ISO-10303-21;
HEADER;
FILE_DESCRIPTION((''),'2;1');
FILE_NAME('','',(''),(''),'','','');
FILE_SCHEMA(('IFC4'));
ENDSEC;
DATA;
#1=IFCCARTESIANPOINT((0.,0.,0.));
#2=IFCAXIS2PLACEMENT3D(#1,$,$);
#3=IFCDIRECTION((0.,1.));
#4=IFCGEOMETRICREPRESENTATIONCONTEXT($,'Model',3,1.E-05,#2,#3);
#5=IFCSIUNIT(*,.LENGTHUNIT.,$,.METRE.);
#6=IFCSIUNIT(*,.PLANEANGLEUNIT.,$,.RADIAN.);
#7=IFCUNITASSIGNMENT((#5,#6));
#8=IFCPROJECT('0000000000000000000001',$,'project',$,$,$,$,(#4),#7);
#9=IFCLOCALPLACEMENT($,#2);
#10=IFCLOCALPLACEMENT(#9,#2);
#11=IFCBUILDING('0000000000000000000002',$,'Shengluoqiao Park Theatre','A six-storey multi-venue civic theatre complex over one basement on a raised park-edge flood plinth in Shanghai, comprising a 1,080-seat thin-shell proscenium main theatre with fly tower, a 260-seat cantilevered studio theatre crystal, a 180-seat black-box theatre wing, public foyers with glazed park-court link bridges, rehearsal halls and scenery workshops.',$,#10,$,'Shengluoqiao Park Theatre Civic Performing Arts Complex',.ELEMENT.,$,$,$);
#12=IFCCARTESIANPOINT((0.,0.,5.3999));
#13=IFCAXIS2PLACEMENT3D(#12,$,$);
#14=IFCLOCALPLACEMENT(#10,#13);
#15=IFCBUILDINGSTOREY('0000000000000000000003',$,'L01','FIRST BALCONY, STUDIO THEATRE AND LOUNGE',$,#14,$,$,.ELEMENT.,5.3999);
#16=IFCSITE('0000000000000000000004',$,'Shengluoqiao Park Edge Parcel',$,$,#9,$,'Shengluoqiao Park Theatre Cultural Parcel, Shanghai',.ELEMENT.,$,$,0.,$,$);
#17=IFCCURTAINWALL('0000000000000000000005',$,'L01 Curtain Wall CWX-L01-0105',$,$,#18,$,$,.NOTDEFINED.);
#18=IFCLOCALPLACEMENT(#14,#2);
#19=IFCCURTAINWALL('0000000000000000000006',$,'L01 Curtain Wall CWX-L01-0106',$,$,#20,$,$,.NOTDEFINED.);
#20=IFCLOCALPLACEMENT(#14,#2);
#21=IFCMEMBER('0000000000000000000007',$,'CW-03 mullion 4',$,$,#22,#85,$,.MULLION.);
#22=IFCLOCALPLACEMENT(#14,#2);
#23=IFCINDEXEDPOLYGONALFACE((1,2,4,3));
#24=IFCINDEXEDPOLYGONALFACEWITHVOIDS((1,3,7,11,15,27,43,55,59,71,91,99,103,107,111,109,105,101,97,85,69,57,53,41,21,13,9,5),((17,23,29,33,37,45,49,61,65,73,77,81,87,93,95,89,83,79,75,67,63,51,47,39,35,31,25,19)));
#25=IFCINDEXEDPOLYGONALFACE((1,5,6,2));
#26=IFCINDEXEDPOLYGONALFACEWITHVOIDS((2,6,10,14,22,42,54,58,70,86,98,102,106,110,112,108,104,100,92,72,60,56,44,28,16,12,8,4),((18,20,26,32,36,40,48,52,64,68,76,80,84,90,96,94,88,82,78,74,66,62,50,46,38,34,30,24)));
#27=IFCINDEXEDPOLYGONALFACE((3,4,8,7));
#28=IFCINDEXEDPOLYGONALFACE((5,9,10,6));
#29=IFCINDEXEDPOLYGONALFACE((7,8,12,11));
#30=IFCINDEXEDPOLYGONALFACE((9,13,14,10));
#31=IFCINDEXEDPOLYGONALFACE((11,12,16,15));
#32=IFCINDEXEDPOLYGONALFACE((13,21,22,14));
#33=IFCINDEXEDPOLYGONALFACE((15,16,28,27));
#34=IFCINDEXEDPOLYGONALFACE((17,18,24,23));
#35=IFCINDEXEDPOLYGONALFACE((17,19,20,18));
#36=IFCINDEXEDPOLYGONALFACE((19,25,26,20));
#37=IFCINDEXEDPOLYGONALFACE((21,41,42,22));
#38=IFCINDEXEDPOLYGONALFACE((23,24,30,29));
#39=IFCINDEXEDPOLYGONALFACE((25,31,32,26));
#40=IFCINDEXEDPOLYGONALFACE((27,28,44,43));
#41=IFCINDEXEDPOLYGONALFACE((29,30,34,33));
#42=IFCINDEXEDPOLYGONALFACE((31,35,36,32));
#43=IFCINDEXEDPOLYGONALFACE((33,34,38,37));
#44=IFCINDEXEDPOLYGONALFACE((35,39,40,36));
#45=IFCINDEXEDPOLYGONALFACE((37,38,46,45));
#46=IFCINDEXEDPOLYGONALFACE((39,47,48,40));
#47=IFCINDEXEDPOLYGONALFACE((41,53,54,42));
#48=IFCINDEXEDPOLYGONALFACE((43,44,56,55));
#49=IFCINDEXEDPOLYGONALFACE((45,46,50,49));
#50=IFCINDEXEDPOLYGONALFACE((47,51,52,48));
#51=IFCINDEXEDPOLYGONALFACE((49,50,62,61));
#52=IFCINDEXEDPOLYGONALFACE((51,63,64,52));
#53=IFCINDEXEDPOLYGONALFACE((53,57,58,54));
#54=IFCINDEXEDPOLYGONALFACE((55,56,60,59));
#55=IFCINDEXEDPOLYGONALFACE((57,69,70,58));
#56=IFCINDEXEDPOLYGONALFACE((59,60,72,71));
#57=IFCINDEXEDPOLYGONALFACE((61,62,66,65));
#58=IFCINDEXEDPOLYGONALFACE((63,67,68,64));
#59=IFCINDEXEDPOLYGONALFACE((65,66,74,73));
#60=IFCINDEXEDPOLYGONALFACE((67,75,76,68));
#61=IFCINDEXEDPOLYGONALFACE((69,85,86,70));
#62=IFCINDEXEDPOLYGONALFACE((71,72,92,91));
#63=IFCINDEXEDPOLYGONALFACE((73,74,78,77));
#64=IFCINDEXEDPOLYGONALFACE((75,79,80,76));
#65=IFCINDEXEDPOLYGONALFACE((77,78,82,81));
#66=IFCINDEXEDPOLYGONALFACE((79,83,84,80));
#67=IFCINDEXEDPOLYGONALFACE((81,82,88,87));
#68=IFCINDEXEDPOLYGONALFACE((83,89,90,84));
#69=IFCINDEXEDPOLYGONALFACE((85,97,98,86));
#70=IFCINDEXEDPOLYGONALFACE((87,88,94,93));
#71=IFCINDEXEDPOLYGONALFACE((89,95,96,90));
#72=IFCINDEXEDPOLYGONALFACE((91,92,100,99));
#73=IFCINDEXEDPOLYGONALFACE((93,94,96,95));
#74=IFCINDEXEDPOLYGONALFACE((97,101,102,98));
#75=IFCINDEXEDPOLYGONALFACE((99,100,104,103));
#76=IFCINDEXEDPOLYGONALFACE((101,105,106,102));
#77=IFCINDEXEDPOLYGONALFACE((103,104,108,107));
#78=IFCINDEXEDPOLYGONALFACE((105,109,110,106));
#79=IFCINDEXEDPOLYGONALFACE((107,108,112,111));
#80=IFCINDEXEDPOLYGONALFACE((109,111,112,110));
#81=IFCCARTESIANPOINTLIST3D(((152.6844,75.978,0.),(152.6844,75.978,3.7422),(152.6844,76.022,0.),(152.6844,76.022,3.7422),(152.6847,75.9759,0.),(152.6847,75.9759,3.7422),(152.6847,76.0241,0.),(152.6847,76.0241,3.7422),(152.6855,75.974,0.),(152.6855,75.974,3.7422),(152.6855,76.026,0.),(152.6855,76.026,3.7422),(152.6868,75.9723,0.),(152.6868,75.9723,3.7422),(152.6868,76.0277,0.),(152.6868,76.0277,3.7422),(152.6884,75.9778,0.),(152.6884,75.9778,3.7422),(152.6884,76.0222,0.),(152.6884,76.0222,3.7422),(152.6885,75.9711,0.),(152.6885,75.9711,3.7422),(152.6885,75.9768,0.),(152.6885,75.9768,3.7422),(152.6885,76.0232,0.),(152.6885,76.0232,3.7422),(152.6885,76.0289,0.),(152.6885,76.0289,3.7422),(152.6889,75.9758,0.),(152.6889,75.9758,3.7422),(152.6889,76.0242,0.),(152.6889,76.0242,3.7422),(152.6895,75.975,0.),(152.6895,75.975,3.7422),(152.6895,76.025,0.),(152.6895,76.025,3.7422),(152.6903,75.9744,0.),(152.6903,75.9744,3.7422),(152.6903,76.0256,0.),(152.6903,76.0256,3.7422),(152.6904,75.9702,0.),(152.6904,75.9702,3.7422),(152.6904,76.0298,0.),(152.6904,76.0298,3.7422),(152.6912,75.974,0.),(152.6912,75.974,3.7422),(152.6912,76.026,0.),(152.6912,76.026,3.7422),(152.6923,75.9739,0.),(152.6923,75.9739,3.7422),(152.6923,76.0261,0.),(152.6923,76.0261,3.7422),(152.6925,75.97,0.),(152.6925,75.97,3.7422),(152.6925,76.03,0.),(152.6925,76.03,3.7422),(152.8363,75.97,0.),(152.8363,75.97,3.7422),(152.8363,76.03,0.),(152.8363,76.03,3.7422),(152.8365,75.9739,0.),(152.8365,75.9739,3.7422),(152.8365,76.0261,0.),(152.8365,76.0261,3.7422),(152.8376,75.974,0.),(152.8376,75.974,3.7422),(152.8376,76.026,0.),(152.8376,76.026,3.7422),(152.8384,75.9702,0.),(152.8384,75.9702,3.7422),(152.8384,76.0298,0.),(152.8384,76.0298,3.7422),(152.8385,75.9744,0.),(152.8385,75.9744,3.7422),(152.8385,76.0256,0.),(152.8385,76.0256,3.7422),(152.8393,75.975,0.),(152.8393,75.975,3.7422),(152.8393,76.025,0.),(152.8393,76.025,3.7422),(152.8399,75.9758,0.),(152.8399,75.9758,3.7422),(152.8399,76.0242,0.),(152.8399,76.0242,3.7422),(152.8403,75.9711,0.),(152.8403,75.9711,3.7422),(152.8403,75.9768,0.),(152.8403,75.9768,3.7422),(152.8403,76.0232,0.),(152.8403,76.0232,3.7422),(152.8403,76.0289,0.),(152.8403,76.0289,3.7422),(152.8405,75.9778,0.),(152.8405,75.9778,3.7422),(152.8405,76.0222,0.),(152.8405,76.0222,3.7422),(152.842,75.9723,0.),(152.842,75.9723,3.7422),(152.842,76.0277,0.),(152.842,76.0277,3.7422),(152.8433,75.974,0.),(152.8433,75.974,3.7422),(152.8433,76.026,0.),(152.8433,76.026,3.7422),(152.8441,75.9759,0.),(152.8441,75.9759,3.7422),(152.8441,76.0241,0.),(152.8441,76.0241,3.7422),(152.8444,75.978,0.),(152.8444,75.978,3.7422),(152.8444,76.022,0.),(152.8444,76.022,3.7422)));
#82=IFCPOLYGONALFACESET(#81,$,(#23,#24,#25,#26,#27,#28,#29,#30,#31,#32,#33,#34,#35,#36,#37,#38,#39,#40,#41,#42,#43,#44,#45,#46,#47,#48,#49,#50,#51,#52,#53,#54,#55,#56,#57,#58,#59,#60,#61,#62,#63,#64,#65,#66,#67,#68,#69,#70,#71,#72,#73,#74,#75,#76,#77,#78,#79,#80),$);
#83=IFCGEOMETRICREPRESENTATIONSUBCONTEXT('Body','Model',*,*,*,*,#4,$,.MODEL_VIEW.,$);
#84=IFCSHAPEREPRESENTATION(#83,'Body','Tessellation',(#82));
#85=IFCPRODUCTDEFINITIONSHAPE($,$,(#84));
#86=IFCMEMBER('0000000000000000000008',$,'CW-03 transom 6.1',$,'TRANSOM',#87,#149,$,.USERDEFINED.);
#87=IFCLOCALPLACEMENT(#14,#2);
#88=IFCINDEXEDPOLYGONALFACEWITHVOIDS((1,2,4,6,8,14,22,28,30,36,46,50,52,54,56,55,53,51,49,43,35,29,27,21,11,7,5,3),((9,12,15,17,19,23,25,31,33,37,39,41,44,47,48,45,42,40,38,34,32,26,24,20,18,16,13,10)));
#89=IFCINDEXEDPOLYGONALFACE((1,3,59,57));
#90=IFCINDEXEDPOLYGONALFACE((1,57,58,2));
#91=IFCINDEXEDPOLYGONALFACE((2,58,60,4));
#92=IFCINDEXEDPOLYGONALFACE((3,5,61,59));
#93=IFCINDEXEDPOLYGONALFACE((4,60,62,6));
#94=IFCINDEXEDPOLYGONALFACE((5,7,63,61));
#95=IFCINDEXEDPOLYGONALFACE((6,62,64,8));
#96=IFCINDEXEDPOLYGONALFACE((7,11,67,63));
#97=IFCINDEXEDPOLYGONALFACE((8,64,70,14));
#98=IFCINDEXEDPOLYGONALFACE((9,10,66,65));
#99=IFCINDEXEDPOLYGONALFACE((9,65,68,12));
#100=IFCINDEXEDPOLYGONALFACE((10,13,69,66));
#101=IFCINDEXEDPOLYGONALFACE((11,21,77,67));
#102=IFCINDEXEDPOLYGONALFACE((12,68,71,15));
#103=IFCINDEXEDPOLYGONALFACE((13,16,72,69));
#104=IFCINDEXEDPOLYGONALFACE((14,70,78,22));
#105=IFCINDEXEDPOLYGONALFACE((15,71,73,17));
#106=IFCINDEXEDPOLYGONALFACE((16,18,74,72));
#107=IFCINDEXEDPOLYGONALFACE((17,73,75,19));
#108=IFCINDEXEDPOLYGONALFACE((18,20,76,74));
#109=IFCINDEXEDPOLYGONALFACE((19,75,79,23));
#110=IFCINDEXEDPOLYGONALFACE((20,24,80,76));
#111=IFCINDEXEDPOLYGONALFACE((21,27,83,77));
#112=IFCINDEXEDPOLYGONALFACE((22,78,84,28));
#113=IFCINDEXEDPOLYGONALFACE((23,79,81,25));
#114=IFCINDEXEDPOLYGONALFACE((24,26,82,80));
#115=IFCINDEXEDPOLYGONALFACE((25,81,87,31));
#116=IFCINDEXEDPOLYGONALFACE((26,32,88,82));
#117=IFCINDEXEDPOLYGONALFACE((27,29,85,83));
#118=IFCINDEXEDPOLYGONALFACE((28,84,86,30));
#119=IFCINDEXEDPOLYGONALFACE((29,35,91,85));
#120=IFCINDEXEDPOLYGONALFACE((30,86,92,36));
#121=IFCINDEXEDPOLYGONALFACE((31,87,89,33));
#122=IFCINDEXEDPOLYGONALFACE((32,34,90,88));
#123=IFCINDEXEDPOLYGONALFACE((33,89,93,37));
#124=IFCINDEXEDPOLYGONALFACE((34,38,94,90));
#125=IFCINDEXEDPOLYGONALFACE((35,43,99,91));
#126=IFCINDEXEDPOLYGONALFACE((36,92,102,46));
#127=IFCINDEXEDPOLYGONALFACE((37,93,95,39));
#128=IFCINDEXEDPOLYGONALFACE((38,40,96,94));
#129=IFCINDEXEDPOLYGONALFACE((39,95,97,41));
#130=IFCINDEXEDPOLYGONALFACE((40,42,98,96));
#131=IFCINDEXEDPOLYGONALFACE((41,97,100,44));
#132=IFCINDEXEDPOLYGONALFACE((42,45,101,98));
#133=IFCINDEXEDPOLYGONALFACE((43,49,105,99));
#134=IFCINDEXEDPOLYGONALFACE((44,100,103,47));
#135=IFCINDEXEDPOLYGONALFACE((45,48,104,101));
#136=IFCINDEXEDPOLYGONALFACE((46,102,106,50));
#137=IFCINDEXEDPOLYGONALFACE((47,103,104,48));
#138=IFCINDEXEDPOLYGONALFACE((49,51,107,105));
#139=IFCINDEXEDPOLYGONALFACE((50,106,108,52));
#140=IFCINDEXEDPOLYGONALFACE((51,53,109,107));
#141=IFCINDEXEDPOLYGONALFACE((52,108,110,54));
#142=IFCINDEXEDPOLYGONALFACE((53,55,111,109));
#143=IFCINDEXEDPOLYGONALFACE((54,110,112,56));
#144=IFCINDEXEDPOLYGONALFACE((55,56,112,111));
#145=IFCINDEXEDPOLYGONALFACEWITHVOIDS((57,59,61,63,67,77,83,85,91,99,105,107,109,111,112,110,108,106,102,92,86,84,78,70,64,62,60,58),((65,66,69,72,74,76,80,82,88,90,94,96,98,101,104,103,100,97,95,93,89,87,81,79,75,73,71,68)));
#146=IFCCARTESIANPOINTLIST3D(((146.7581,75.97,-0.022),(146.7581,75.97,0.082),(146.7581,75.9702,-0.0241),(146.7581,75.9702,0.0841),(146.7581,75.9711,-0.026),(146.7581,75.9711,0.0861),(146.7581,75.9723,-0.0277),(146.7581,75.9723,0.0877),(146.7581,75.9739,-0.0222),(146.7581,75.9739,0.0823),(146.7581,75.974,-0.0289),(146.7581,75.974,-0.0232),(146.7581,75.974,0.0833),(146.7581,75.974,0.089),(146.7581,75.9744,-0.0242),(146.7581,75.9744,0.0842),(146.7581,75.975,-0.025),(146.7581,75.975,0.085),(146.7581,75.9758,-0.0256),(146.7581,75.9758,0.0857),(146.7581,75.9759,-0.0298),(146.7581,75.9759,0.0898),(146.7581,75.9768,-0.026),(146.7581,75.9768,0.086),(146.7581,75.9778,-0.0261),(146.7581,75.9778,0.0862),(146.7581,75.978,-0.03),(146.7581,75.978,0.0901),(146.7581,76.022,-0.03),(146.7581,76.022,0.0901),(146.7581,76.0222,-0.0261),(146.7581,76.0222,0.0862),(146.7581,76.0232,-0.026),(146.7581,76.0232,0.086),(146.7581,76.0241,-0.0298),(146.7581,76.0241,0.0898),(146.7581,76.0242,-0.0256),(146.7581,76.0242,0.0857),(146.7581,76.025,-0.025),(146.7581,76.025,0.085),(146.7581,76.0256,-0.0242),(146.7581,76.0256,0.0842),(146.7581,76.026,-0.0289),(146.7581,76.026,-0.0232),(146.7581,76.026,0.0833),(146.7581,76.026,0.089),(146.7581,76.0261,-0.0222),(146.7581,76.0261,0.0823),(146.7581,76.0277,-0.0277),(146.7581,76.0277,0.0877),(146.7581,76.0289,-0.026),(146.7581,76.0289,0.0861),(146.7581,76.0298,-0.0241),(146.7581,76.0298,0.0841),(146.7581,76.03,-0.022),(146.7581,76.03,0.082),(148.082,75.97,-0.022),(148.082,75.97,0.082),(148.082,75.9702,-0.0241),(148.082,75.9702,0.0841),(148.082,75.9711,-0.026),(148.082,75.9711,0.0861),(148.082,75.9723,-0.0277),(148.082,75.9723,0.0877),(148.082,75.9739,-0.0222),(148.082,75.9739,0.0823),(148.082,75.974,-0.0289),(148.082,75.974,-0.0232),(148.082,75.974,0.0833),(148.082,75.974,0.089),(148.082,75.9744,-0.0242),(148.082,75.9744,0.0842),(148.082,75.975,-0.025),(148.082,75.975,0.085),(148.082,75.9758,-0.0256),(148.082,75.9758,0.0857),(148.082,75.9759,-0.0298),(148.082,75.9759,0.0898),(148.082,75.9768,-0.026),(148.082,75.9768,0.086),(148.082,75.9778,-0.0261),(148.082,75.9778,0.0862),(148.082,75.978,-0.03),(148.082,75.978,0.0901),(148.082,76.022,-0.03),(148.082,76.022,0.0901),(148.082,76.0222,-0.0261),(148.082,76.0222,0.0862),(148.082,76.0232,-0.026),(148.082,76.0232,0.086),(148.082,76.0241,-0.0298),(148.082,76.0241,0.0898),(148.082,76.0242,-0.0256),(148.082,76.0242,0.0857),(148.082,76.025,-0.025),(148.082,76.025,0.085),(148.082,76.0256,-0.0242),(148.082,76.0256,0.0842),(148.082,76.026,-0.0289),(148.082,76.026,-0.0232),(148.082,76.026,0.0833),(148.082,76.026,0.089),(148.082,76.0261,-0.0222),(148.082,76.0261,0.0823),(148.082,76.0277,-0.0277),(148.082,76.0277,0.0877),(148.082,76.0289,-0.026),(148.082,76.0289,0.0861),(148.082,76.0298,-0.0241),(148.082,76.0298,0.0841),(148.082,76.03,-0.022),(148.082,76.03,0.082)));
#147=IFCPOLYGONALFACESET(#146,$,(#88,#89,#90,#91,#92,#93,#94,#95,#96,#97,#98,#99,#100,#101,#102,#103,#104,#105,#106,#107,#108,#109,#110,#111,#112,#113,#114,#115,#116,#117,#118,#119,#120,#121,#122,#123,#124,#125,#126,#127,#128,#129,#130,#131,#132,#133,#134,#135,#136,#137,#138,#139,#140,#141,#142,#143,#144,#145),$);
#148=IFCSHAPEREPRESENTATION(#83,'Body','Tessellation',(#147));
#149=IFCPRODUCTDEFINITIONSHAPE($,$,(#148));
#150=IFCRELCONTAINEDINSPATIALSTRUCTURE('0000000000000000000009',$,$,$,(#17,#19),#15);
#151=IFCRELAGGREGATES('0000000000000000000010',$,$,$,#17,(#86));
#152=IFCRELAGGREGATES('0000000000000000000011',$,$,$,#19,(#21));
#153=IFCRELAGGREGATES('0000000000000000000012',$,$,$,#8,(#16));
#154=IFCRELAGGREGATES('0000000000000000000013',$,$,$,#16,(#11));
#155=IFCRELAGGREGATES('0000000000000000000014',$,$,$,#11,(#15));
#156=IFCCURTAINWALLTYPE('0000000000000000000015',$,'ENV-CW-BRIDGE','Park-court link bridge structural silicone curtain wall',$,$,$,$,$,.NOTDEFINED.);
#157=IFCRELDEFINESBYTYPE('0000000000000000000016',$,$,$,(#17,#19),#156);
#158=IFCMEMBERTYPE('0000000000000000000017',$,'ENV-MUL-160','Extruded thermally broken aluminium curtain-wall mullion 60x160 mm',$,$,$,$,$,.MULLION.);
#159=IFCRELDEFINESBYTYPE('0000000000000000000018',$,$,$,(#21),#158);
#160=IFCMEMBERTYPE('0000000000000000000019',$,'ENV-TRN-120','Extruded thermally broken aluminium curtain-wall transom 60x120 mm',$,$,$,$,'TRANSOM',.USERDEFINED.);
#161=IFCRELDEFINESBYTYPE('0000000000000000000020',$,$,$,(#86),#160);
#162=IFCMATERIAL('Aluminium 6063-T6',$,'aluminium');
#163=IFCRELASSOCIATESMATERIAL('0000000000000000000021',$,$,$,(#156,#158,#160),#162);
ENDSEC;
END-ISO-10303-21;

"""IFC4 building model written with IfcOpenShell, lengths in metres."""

from ifc_helpers import new_model, si_unit, direction, frame, origin, origin_2d, place, context, subcontext, project, spatial, hollow_rectangle, extrude, material, material_profile, profile_set, type_object, element, aggregate, save


model = new_model("IFC4")

# Units and contexts
model_context = context("Model", 3, precision=1e-05, world=origin(), true_north=direction((0.0, 1.0)))
body_context = subcontext(model_context, "Body", "Model", "MODEL_VIEW")
ifc_project = project(units=[si_unit("LENGTHUNIT", "METRE"), si_unit("PLANEANGLEUNIT", "RADIAN")], contexts=[model_context])

# Site, building, storey
site_placement = place(None, origin())
site = spatial("IfcSite", under=ifc_project, at=site_placement, Name="Shengluoqiao Park Edge Parcel", LongName="Shengluoqiao Park Theatre Cultural Parcel, Shanghai", CompositionType="ELEMENT", RefElevation=0.0)
building_placement = place(site_placement, origin())
building = spatial("IfcBuilding", under=site, at=building_placement, Name="Shengluoqiao Park Theatre", Description="A six-storey multi-venue civic theatre complex over one basement on a raised park-edge flood plinth in Shanghai, comprising a 1,080-seat thin-shell proscenium main theatre with fly tower, a 260-seat cantilevered studio theatre crystal, a 180-seat black-box theatre wing, public foyers with glazed park-court link bridges, rehearsal halls and scenery workshops.", LongName="Shengluoqiao Park Theatre Civic Performing Arts Complex", CompositionType="ELEMENT")
storey_placement = place(building_placement, frame((0.0, 0.0, 5.3999)))
storey = spatial("IfcBuildingStorey", under=building, at=storey_placement, Name="L01", Description="FIRST BALCONY, STUDIO THEATRE AND LOUNGE", CompositionType="ELEMENT", Elevation=5.3999)

# Curtain walls, member
ifc_material_1 = material(Name="Aluminium 6063-T6", Category="aluminium")
curtain_wall_type = type_object("IfcCurtainWallType", Name="ENV-CW-BRIDGE", Description="Park-court link bridge structural silicone curtain wall", PredefinedType="NOTDEFINED", material=ifc_material_1)
curtain_wall_1_placement = place(storey_placement, origin())
curtain_wall_1 = element("IfcCurtainWall", 1, at=curtain_wall_1_placement, inside=storey, type_object=curtain_wall_type, Name="L01 Curtain Wall CWX-L01-0105", PredefinedType="NOTDEFINED")
ifc_material_profile_1 = material_profile(ifc_material_1, hollow_rectangle(XDim=0.0601, YDim=0.1599, WallThickness=0.0039, InnerFilletRadius=0.0039, OuterFilletRadius=0.0081, at=origin_2d()), Name="ALU MULLION 160x60x4")
ifc_profile_set_1 = profile_set([ifc_material_profile_1], Name="Aluminium 6063-T6")
member_type_1 = type_object("IfcMemberType", Name="ENV-MUL-160", Description="Extruded thermally broken aluminium curtain-wall mullion 60x160 mm", PredefinedType="MULLION", material=ifc_profile_set_1)
curtain_wall_2_placement = place(storey_placement, origin())
curtain_wall_2 = element("IfcCurtainWall", 2, at=curtain_wall_2_placement, inside=storey, type_object=curtain_wall_type, Name="L01 Curtain Wall CWX-L01-0106", PredefinedType="NOTDEFINED")
member_1_placement = place(storey_placement, frame((152.7644, 76.0, 0.0), z_axis=(0.0, 0.0, 1.0), x_axis=(0.0, 1.0, 0.0)))
member_1 = element("IfcMember", 3, at=member_1_placement, type_object=member_type_1, Name="CW-03 mullion 4", PredefinedType="MULLION", context=body_context, shape_type="SweptSolid", body=[
    extrude(hollow_rectangle(XDim=0.0601, YDim=0.1599, WallThickness=0.0039, InnerFilletRadius=0.0039, OuterFilletRadius=0.0081, at=origin_2d()), origin(), (0.0, 0.0, 1.0), 3.7422),
])

# Member
ifc_material_profile_2 = material_profile(ifc_material_1, hollow_rectangle(XDim=0.0601, YDim=0.1201, WallThickness=0.0039, InnerFilletRadius=0.0039, OuterFilletRadius=0.0081, at=origin_2d()), Name="ALU TRANSOM 120x60x4")
ifc_profile_set_2 = profile_set([ifc_material_profile_2], Name="Aluminium 6063-T6")
member_type_2 = type_object("IfcMemberType", Name="ENV-TRN-120", Description="Extruded thermally broken aluminium curtain-wall transom 60x120 mm", ElementType="TRANSOM", PredefinedType="USERDEFINED", material=ifc_profile_set_2)
member_2_placement = place(storey_placement, frame((146.7581, 76.0, 0.03), z_axis=(1.0, 0.0, 0.0), x_axis=(0.0, 1.0, 0.0)))
member_2 = element("IfcMember", 4, at=member_2_placement, type_object=member_type_2, Name="CW-03 transom 6.1", ObjectType="TRANSOM", PredefinedType="USERDEFINED", context=body_context, shape_type="SweptSolid", body=[
    extrude(hollow_rectangle(XDim=0.0601, YDim=0.1201, WallThickness=0.0039, InnerFilletRadius=0.0039, OuterFilletRadius=0.0081, at=origin_2d()), origin(), (0.0, 0.0, 1.0), 1.324),
])

aggregate(curtain_wall_1, [member_2])
aggregate(curtain_wall_2, [member_1])

save(model, "model.ifc")
